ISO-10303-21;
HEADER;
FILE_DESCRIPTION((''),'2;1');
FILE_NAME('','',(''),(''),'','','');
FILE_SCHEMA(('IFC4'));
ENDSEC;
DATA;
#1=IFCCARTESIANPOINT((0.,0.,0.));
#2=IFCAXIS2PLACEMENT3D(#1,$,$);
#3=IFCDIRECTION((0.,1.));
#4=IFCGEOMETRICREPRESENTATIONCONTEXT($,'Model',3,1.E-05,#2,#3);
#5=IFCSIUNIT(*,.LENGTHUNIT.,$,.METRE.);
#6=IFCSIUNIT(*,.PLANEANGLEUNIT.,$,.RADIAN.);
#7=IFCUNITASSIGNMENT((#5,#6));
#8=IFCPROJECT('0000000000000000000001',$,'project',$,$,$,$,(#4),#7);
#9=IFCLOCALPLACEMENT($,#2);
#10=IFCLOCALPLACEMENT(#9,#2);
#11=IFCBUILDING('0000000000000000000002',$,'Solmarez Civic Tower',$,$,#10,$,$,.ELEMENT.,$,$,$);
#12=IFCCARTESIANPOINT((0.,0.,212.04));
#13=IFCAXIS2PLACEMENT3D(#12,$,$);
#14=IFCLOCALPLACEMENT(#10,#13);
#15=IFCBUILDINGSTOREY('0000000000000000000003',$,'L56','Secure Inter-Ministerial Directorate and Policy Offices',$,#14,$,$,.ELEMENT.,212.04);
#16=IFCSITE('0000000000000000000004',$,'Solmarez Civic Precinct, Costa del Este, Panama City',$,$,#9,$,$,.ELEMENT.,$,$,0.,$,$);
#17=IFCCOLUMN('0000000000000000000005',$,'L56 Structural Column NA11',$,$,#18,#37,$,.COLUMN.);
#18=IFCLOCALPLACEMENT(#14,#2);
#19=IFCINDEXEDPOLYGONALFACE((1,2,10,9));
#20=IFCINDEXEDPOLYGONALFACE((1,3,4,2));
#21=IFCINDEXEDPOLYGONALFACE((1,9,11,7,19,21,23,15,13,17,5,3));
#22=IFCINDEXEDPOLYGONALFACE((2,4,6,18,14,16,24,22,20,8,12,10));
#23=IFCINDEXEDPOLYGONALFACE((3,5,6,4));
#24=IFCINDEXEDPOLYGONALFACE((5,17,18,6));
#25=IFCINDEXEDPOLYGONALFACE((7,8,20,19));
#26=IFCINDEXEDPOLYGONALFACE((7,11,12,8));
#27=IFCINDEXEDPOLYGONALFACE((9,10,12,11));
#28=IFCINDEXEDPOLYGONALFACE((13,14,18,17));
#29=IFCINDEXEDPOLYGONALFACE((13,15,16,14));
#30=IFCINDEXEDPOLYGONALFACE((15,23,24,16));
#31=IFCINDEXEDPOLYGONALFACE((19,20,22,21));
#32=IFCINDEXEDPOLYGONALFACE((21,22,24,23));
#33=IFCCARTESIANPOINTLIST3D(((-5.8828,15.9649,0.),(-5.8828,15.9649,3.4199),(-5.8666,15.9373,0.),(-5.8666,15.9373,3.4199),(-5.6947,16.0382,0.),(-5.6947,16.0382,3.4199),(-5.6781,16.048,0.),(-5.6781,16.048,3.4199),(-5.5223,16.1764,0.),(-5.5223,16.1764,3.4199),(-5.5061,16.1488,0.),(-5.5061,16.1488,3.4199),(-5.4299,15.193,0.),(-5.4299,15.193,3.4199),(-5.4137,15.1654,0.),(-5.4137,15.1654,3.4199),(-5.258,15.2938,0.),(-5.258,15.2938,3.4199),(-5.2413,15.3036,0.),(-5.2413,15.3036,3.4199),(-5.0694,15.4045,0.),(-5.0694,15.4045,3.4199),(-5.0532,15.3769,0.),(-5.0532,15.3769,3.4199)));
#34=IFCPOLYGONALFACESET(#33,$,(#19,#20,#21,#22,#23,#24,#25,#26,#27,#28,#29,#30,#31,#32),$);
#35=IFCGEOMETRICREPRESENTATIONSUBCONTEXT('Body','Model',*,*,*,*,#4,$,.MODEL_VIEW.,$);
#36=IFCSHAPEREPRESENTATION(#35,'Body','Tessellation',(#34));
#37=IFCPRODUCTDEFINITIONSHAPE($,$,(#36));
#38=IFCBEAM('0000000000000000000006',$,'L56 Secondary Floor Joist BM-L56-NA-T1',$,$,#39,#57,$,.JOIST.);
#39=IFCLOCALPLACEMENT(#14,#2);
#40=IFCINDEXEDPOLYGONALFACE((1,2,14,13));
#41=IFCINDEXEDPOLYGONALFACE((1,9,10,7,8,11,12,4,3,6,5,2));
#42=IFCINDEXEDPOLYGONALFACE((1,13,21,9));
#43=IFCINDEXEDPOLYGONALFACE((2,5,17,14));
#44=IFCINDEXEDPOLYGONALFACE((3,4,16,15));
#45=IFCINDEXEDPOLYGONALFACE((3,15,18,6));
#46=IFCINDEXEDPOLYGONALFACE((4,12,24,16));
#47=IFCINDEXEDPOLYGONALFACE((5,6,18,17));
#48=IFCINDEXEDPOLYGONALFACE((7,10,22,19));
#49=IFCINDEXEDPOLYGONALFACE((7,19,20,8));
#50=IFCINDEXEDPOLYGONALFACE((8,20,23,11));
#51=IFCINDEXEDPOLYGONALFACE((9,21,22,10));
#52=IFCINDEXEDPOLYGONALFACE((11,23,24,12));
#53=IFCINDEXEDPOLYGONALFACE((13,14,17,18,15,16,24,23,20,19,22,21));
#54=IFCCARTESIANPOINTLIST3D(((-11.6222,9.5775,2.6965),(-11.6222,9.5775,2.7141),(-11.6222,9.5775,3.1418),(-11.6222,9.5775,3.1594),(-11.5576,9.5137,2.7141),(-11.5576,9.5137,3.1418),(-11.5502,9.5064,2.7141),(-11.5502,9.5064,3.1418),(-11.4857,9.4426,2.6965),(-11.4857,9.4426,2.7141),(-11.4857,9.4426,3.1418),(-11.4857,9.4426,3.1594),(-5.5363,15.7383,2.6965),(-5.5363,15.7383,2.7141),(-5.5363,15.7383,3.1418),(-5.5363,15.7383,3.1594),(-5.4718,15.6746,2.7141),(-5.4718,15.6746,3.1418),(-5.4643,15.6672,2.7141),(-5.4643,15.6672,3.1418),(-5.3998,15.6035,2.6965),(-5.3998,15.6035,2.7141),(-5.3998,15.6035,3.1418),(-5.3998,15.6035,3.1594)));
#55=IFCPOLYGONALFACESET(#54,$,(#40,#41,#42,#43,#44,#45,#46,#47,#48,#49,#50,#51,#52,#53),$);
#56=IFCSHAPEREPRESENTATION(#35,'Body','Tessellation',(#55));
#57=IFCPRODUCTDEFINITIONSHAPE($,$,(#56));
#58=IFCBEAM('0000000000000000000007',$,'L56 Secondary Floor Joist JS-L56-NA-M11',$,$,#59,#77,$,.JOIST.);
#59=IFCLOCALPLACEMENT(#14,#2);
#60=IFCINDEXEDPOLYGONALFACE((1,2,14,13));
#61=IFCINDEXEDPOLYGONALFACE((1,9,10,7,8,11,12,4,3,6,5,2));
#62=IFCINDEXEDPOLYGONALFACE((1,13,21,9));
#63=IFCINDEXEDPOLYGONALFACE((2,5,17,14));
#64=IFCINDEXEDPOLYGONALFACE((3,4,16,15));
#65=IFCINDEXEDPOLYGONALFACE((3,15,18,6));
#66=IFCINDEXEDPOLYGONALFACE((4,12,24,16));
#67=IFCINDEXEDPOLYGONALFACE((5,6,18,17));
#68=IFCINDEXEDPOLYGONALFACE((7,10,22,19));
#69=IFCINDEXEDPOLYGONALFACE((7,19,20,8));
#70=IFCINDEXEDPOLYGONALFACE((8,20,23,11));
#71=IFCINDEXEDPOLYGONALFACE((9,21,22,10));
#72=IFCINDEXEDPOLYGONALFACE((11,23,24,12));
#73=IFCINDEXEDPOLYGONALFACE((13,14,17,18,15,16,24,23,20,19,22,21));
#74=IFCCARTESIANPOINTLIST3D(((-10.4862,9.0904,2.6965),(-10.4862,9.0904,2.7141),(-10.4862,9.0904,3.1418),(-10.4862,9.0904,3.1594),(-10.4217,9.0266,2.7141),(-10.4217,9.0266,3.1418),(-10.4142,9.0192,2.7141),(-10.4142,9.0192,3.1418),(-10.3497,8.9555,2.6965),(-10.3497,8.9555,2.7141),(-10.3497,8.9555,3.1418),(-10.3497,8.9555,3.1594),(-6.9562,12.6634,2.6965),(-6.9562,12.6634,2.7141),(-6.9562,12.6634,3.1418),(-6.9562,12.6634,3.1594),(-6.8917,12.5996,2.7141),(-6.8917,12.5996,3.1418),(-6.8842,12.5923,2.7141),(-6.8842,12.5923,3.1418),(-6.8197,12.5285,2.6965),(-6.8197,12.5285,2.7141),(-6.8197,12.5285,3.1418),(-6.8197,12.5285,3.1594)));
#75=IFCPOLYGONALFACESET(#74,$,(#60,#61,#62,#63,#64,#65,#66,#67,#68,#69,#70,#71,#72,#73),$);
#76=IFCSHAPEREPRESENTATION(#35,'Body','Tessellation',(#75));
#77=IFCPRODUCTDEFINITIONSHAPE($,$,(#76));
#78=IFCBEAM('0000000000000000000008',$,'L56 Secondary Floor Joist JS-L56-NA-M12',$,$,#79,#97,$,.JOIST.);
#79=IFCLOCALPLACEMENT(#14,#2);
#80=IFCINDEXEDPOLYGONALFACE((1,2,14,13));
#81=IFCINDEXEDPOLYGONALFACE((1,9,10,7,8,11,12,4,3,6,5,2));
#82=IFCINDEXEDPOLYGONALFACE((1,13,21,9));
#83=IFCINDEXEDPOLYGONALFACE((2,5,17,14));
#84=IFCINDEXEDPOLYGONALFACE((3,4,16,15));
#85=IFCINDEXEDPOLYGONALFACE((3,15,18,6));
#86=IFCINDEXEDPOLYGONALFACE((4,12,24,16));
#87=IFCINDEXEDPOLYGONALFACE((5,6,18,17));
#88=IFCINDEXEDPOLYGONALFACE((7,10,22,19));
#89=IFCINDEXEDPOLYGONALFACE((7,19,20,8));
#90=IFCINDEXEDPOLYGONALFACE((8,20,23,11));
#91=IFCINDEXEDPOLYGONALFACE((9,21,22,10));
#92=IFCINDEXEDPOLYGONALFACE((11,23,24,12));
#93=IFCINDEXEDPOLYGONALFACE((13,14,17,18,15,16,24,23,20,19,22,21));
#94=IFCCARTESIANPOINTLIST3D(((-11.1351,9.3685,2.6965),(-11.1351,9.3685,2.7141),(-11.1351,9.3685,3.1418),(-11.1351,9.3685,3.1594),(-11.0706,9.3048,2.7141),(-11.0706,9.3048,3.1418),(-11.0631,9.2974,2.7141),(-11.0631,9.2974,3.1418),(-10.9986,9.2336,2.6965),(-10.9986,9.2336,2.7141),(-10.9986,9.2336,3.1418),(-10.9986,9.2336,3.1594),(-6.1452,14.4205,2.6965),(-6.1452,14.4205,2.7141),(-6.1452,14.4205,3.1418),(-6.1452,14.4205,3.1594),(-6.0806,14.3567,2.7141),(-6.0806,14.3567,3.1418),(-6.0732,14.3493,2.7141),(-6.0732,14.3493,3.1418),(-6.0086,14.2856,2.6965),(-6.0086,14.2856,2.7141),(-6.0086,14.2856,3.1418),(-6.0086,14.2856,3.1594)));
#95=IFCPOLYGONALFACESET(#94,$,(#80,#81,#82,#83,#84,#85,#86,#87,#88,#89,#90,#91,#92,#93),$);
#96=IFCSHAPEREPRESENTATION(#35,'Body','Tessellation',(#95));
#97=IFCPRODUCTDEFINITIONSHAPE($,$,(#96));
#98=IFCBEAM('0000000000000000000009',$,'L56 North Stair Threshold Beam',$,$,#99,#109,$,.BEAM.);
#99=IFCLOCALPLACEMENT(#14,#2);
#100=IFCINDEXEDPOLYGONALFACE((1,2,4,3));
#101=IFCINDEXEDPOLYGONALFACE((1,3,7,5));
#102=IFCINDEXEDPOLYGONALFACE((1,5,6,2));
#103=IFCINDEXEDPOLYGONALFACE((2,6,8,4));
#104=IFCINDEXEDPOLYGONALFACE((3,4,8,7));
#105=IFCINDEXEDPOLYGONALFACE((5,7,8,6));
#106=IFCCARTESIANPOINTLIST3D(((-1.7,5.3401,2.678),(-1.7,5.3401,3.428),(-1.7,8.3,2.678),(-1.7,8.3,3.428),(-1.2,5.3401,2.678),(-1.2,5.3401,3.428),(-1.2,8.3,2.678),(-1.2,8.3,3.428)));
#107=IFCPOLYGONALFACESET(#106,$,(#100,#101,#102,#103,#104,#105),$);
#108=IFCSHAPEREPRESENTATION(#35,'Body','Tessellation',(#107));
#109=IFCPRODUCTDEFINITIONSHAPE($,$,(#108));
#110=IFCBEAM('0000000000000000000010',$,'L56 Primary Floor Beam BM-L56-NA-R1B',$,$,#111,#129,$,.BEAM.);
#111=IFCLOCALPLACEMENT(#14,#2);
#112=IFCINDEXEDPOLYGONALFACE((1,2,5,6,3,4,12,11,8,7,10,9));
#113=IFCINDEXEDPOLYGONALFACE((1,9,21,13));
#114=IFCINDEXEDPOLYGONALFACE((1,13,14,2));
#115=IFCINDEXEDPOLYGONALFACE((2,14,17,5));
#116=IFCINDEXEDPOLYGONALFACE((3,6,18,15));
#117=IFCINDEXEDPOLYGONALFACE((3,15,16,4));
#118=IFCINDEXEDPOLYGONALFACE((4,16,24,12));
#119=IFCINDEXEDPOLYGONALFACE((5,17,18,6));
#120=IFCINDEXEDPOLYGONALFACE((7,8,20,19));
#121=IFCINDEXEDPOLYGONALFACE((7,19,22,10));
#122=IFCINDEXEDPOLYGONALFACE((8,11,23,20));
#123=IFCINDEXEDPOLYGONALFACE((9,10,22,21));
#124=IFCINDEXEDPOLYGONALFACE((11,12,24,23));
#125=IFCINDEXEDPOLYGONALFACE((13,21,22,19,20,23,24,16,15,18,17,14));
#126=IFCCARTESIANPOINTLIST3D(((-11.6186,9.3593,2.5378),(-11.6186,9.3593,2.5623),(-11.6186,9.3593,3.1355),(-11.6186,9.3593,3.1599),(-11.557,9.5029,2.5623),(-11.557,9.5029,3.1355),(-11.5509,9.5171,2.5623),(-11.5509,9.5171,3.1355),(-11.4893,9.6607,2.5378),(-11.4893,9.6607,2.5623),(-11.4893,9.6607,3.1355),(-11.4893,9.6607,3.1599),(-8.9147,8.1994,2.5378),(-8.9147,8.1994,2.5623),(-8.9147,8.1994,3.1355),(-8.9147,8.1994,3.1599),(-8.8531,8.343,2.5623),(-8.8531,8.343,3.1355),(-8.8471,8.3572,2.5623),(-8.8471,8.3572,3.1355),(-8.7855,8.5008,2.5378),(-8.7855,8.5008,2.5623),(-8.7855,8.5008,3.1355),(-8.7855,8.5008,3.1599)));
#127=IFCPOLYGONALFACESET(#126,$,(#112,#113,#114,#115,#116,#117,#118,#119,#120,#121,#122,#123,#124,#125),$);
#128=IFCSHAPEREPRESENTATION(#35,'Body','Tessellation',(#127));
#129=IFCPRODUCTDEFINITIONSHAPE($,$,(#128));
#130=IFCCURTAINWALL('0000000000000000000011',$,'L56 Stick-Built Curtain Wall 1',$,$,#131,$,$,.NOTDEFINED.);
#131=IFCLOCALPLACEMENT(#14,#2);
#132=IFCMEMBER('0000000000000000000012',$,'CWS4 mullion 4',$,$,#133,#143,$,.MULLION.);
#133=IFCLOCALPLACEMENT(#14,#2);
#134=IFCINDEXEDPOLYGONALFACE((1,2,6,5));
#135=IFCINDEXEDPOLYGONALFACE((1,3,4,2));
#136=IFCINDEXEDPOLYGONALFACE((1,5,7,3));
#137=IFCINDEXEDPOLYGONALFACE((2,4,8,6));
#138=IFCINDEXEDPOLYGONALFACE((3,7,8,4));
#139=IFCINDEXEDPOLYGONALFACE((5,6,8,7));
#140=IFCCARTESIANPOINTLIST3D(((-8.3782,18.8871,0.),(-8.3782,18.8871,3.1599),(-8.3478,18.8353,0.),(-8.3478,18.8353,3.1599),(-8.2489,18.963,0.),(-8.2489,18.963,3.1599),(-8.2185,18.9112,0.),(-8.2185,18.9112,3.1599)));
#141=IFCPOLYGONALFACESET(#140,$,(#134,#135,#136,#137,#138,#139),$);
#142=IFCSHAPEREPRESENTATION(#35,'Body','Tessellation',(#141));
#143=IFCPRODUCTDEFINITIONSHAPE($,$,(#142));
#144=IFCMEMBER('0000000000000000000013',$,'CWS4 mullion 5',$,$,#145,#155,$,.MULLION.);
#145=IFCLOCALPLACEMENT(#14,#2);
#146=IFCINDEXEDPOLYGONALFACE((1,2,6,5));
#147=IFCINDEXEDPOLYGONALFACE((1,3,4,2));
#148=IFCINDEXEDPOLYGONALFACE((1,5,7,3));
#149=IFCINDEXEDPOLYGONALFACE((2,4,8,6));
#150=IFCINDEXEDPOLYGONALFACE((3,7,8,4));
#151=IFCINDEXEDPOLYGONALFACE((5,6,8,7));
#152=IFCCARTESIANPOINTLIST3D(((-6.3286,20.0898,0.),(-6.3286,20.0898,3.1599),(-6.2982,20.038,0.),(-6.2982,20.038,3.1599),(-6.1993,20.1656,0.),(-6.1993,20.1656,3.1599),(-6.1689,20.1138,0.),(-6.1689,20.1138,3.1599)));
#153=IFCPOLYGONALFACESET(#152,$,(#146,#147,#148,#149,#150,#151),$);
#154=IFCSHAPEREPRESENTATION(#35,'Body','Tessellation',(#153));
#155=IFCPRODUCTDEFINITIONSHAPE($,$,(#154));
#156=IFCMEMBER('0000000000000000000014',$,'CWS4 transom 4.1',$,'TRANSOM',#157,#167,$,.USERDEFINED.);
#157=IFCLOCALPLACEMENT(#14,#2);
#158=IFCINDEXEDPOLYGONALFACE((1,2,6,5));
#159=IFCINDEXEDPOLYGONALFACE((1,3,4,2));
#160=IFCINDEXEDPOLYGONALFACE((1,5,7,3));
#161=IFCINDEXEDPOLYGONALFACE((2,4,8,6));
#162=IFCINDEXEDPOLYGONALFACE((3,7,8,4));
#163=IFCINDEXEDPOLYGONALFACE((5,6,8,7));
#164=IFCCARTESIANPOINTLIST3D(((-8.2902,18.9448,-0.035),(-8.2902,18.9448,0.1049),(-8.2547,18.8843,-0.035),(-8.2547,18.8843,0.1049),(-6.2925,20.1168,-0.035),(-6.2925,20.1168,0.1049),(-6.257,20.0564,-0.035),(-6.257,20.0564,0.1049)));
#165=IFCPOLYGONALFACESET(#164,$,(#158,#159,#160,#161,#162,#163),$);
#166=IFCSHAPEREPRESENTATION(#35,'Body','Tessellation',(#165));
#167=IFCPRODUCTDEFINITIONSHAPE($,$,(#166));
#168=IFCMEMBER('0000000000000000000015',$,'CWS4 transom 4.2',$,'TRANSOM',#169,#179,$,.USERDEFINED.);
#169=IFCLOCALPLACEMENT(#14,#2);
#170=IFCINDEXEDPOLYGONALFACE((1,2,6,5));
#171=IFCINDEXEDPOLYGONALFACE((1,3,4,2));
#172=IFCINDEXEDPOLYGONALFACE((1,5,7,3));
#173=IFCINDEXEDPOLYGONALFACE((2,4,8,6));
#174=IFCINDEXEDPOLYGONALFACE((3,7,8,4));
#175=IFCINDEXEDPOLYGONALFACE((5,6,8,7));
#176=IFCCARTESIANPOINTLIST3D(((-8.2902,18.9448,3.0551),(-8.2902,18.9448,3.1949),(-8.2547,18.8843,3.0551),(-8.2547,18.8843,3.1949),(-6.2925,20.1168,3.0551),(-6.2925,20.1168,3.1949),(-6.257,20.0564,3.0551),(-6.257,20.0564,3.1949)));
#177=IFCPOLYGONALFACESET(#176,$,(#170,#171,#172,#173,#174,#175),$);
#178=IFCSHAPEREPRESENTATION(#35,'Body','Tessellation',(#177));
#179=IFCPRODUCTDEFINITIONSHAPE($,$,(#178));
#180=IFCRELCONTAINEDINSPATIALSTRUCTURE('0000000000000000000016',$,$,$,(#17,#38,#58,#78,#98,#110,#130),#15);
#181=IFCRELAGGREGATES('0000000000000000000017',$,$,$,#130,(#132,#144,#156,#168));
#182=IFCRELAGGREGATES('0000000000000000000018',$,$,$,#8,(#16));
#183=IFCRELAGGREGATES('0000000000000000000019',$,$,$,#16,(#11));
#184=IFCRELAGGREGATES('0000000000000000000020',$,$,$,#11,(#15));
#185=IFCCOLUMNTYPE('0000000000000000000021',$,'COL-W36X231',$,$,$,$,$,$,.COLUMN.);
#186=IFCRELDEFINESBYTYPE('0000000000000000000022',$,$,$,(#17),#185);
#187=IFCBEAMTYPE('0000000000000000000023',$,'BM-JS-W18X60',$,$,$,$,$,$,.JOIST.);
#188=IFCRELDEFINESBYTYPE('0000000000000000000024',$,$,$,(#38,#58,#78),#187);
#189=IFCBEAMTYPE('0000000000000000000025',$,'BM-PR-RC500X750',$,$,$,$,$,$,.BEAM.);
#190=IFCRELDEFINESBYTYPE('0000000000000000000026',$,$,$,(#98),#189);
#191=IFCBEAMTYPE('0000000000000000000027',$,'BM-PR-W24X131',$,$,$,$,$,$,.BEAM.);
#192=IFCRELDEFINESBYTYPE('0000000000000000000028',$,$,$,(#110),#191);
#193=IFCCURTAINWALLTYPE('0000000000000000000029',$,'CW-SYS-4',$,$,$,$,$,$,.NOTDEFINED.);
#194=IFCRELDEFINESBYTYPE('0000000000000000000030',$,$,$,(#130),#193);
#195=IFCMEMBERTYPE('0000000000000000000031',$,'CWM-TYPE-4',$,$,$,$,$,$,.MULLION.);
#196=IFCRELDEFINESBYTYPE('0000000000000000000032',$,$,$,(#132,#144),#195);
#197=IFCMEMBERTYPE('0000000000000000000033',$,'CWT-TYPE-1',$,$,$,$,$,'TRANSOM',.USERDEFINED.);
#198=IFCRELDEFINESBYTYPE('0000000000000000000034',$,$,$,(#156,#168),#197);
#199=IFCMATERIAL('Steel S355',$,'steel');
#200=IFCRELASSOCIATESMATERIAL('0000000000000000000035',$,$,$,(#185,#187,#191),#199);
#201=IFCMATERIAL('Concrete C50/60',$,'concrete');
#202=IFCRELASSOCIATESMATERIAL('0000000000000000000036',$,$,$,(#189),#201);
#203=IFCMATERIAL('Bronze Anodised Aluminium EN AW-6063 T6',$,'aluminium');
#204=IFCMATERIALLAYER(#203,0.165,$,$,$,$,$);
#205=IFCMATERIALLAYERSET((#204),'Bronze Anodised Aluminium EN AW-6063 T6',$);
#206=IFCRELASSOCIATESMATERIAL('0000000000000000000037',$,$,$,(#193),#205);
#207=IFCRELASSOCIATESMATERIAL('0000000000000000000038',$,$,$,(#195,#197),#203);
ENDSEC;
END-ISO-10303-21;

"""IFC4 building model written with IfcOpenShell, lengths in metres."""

from ifc_helpers import new_model, si_unit, direction, frame, origin, origin_2d, place, context, subcontext, project, spatial, rectangle, i_section, extrude, material, layer, layer_set, material_profile, profile_set, type_object, element, aggregate, save


model = new_model("IFC4")

# Units and contexts
model_context = context("Model", 3, precision=1e-05, world=origin(), true_north=direction((0.0, 1.0)))
body_context = subcontext(model_context, "Body", "Model", "MODEL_VIEW")
ifc_project = project(units=[si_unit("LENGTHUNIT", "METRE"), si_unit("PLANEANGLEUNIT", "RADIAN")], contexts=[model_context])

# Site, building, storey
site_placement = place(None, origin())
site = spatial("IfcSite", under=ifc_project, at=site_placement, Name="Solmarez Civic Precinct, Costa del Este, Panama City", CompositionType="ELEMENT", RefElevation=0.0)
building_placement = place(site_placement, origin())
building = spatial("IfcBuilding", under=site, at=building_placement, Name="Solmarez Civic Tower", CompositionType="ELEMENT")
storey_placement = place(building_placement, frame((0.0, 0.0, 212.04)))
storey = spatial("IfcBuildingStorey", under=building, at=storey_placement, Name="L56", Description="Secure Inter-Ministerial Directorate and Policy Offices", CompositionType="ELEMENT", Elevation=212.04)

# Column
ifc_material_1 = material(Name="Steel S355", Category="steel")
ifc_material_profile_1 = material_profile(ifc_material_1, i_section(OverallWidth=0.418, OverallDepth=0.927, WebThickness=0.0193, FlangeThickness=0.032, at=origin_2d()), Name="W36X231")
ifc_profile_set_1 = profile_set([ifc_material_profile_1], Name="Steel S355")
column_type = type_object("IfcColumnType", Name="COL-W36X231", PredefinedType="COLUMN", material=ifc_profile_set_1)
column_placement = place(storey_placement, frame((-5.468, 15.6709, 0.0), z_axis=(0.0, 0.0, 1.0), x_axis=(0.862514, 0.506034, 0.0)))
element("IfcColumn", 1, at=column_placement, inside=storey, type_object=column_type, Name="L56 Structural Column NA11", PredefinedType="COLUMN", context=body_context, shape_type="SweptSolid", body=[
    extrude(i_section(OverallWidth=0.418, OverallDepth=0.927, WebThickness=0.0193, FlangeThickness=0.032, at=origin_2d()), origin(), (0.0, 0.0, 1.0), 3.4199),
])

# Beams
ifc_material_profile_2 = material_profile(ifc_material_1, i_section(OverallWidth=0.1919, OverallDepth=0.4629, WebThickness=0.0105, FlangeThickness=0.0176, at=origin_2d()), Name="W18X60")
ifc_profile_set_2 = profile_set([ifc_material_profile_2], Name="Steel S355")
beam_type_1 = type_object("IfcBeamType", Name="BM-JS-W18X60", PredefinedType="JOIST", material=ifc_profile_set_2)
beam_1_placement = place(storey_placement, frame((-5.468, 15.6709, 2.928), z_axis=(-0.702766, -0.711421, 0.0), x_axis=(0.711421, -0.702766, 0.0)))
element("IfcBeam", 2, at=beam_1_placement, inside=storey, type_object=beam_type_1, Name="L56 Secondary Floor Joist BM-L56-NA-T1", PredefinedType="JOIST", context=body_context, shape_type="SweptSolid", body=[
    extrude(i_section(OverallWidth=0.1919, OverallDepth=0.4629, WebThickness=0.0105, FlangeThickness=0.0176, at=origin_2d()), origin(), (0.0, 0.0, 1.0), 8.6599),
])
beam_2_placement = place(storey_placement, frame((-6.8879, 12.5959, 2.928), z_axis=(-0.702816, -0.711371, 0.0), x_axis=(0.711371, -0.702816, 0.0)))
element("IfcBeam", 3, at=beam_2_placement, inside=storey, type_object=beam_type_1, Name="L56 Secondary Floor Joist JS-L56-NA-M11", PredefinedType="JOIST", context=body_context, shape_type="SweptSolid", body=[
    extrude(i_section(OverallWidth=0.1919, OverallDepth=0.4629, WebThickness=0.0105, FlangeThickness=0.0176, at=origin_2d()), origin(), (0.0, 0.0, 1.0), 5.0227),
])
beam_3_placement = place(storey_placement, frame((-6.0769, 14.353, 2.928), z_axis=(-0.702727, -0.71146, 0.0), x_axis=(0.71146, -0.702727, 0.0)))
element("IfcBeam", 4, at=beam_3_placement, inside=storey, type_object=beam_type_1, Name="L56 Secondary Floor Joist JS-L56-NA-M12", PredefinedType="JOIST", context=body_context, shape_type="SweptSolid", body=[
    extrude(i_section(OverallWidth=0.1919, OverallDepth=0.4629, WebThickness=0.0105, FlangeThickness=0.0176, at=origin_2d()), origin(), (0.0, 0.0, 1.0), 7.1008),
])
ifc_material_2 = material(Name="Concrete C50/60", Category="concrete")
ifc_material_profile_3 = material_profile(ifc_material_2, rectangle(XDim=0.5, YDim=0.75, at=origin_2d()), Name="RC500X750")
ifc_profile_set_3 = profile_set([ifc_material_profile_3], Name="Concrete C50/60")
beam_type_2 = type_object("IfcBeamType", Name="BM-PR-RC500X750", PredefinedType="BEAM", material=ifc_profile_set_3)
beam_4_placement = place(storey_placement, frame((-1.45, 5.3401, 3.053), z_axis=(0.0, 1.0, 0.0), x_axis=(-1.0, 0.0, 0.0)))
element("IfcBeam", 5, at=beam_4_placement, inside=storey, type_object=beam_type_2, Name="L56 North Stair Threshold Beam", PredefinedType="BEAM", context=body_context, shape_type="SweptSolid", body=[
    extrude(rectangle(XDim=0.5, YDim=0.75, at=origin_2d()), origin(), (0.0, 0.0, 1.0), 2.96),
])
ifc_material_profile_4 = material_profile(ifc_material_1, i_section(OverallWidth=0.3279, OverallDepth=0.6221, WebThickness=0.0154, FlangeThickness=0.0244, at=origin_2d()), Name="W24X131")
ifc_profile_set_4 = profile_set([ifc_material_profile_4], Name="Steel S355")
beam_type_3 = type_object("IfcBeamType", Name="BM-PR-W24X131", PredefinedType="BEAM", material=ifc_profile_set_4)
beam_5_placement = place(storey_placement, frame((-8.8501, 8.3501, 2.8489), z_axis=(-0.919008, 0.39424, 0.0), x_axis=(-0.39424, -0.919008, 0.0)))
element("IfcBeam", 6, at=beam_5_placement, inside=storey, type_object=beam_type_3, Name="L56 Primary Floor Beam BM-L56-NA-R1B", PredefinedType="BEAM", context=body_context, shape_type="SweptSolid", body=[
    extrude(i_section(OverallWidth=0.3279, OverallDepth=0.6221, WebThickness=0.0154, FlangeThickness=0.0244, at=origin_2d()), origin(), (0.0, 0.0, 1.0), 2.9421),
])

# Curtain wall, members
ifc_material_3 = material(Name="Bronze Anodised Aluminium EN AW-6063 T6", Category="aluminium")
ifc_layer_1 = layer(ifc_material_3, 0.165)
ifc_layer_set_1 = layer_set([ifc_layer_1], Name="Bronze Anodised Aluminium EN AW-6063 T6")
curtain_wall_type = type_object("IfcCurtainWallType", Name="CW-SYS-4", PredefinedType="NOTDEFINED", material=ifc_layer_set_1)
curtain_wall_placement = place(storey_placement, origin())
curtain_wall = element("IfcCurtainWall", 7, at=curtain_wall_placement, inside=storey, type_object=curtain_wall_type, Name="L56 Stick-Built Curtain Wall 1", PredefinedType="NOTDEFINED")
ifc_material_profile_5 = material_profile(ifc_material_3, rectangle(XDim=0.0601, YDim=0.1499, at=origin_2d()), Name="CWM-60X150")
ifc_profile_set_5 = profile_set([ifc_material_profile_5], Name="Bronze Anodised Aluminium EN AW-6063 T6")
member_type_1 = type_object("IfcMemberType", Name="CWM-TYPE-4", PredefinedType="MULLION", material=ifc_profile_set_5)
member_1_placement = place(storey_placement, frame((-8.2983, 18.8992, 0.0), z_axis=(0.0, 0.0, 1.0), x_axis=(-0.506098, 0.862476, 0.0)))
member_1 = element("IfcMember", 8, at=member_1_placement, type_object=member_type_1, Name="CWS4 mullion 4", PredefinedType="MULLION", context=body_context, shape_type="SweptSolid", body=[
    extrude(rectangle(XDim=0.0601, YDim=0.1499, at=origin_2d()), origin(), (0.0, 0.0, 1.0), 3.1599),
])
member_2_placement = place(storey_placement, frame((-6.2488, 20.1018, 0.0), z_axis=(0.0, 0.0, 1.0), x_axis=(-0.506098, 0.862476, 0.0)))
member_2 = element("IfcMember", 9, at=member_2_placement, type_object=member_type_1, Name="CWS4 mullion 5", PredefinedType="MULLION", context=body_context, shape_type="SweptSolid", body=[
    extrude(rectangle(XDim=0.0601, YDim=0.1499, at=origin_2d()), origin(), (0.0, 0.0, 1.0), 3.1599),
])
ifc_material_profile_6 = material_profile(ifc_material_3, rectangle(XDim=0.0701, YDim=0.1399, at=origin_2d()), Name="CWT-70X140")
ifc_profile_set_6 = profile_set([ifc_material_profile_6], Name="Bronze Anodised Aluminium EN AW-6063 T6")
member_type_2 = type_object("IfcMemberType", Name="CWT-TYPE-1", ElementType="TRANSOM", PredefinedType="USERDEFINED", material=ifc_profile_set_6)
member_3_placement = place(storey_placement, frame((-8.2725, 18.9146, 0.0349), z_axis=(0.862511, 0.506039, 0.0), x_axis=(-0.506039, 0.862511, 0.0)))
member_3 = element("IfcMember", 10, at=member_3_placement, type_object=member_type_2, Name="CWS4 transom 4.1", ObjectType="TRANSOM", PredefinedType="USERDEFINED", context=body_context, shape_type="SweptSolid", body=[
    extrude(rectangle(XDim=0.0701, YDim=0.1399, at=origin_2d()), origin(), (0.0, 0.0, 1.0), 2.3162),
])
member_4_placement = place(storey_placement, frame((-8.2725, 18.9146, 3.125), z_axis=(0.862511, 0.506039, 0.0), x_axis=(-0.506039, 0.862511, 0.0)))
member_4 = element("IfcMember", 11, at=member_4_placement, type_object=member_type_2, Name="CWS4 transom 4.2", ObjectType="TRANSOM", PredefinedType="USERDEFINED", context=body_context, shape_type="SweptSolid", body=[
    extrude(rectangle(XDim=0.0701, YDim=0.1399, at=origin_2d()), origin(), (0.0, 0.0, 1.0), 2.3162),
])
aggregate(curtain_wall, [member_1, member_2, member_3, member_4])

save(model, "model.ifc")
